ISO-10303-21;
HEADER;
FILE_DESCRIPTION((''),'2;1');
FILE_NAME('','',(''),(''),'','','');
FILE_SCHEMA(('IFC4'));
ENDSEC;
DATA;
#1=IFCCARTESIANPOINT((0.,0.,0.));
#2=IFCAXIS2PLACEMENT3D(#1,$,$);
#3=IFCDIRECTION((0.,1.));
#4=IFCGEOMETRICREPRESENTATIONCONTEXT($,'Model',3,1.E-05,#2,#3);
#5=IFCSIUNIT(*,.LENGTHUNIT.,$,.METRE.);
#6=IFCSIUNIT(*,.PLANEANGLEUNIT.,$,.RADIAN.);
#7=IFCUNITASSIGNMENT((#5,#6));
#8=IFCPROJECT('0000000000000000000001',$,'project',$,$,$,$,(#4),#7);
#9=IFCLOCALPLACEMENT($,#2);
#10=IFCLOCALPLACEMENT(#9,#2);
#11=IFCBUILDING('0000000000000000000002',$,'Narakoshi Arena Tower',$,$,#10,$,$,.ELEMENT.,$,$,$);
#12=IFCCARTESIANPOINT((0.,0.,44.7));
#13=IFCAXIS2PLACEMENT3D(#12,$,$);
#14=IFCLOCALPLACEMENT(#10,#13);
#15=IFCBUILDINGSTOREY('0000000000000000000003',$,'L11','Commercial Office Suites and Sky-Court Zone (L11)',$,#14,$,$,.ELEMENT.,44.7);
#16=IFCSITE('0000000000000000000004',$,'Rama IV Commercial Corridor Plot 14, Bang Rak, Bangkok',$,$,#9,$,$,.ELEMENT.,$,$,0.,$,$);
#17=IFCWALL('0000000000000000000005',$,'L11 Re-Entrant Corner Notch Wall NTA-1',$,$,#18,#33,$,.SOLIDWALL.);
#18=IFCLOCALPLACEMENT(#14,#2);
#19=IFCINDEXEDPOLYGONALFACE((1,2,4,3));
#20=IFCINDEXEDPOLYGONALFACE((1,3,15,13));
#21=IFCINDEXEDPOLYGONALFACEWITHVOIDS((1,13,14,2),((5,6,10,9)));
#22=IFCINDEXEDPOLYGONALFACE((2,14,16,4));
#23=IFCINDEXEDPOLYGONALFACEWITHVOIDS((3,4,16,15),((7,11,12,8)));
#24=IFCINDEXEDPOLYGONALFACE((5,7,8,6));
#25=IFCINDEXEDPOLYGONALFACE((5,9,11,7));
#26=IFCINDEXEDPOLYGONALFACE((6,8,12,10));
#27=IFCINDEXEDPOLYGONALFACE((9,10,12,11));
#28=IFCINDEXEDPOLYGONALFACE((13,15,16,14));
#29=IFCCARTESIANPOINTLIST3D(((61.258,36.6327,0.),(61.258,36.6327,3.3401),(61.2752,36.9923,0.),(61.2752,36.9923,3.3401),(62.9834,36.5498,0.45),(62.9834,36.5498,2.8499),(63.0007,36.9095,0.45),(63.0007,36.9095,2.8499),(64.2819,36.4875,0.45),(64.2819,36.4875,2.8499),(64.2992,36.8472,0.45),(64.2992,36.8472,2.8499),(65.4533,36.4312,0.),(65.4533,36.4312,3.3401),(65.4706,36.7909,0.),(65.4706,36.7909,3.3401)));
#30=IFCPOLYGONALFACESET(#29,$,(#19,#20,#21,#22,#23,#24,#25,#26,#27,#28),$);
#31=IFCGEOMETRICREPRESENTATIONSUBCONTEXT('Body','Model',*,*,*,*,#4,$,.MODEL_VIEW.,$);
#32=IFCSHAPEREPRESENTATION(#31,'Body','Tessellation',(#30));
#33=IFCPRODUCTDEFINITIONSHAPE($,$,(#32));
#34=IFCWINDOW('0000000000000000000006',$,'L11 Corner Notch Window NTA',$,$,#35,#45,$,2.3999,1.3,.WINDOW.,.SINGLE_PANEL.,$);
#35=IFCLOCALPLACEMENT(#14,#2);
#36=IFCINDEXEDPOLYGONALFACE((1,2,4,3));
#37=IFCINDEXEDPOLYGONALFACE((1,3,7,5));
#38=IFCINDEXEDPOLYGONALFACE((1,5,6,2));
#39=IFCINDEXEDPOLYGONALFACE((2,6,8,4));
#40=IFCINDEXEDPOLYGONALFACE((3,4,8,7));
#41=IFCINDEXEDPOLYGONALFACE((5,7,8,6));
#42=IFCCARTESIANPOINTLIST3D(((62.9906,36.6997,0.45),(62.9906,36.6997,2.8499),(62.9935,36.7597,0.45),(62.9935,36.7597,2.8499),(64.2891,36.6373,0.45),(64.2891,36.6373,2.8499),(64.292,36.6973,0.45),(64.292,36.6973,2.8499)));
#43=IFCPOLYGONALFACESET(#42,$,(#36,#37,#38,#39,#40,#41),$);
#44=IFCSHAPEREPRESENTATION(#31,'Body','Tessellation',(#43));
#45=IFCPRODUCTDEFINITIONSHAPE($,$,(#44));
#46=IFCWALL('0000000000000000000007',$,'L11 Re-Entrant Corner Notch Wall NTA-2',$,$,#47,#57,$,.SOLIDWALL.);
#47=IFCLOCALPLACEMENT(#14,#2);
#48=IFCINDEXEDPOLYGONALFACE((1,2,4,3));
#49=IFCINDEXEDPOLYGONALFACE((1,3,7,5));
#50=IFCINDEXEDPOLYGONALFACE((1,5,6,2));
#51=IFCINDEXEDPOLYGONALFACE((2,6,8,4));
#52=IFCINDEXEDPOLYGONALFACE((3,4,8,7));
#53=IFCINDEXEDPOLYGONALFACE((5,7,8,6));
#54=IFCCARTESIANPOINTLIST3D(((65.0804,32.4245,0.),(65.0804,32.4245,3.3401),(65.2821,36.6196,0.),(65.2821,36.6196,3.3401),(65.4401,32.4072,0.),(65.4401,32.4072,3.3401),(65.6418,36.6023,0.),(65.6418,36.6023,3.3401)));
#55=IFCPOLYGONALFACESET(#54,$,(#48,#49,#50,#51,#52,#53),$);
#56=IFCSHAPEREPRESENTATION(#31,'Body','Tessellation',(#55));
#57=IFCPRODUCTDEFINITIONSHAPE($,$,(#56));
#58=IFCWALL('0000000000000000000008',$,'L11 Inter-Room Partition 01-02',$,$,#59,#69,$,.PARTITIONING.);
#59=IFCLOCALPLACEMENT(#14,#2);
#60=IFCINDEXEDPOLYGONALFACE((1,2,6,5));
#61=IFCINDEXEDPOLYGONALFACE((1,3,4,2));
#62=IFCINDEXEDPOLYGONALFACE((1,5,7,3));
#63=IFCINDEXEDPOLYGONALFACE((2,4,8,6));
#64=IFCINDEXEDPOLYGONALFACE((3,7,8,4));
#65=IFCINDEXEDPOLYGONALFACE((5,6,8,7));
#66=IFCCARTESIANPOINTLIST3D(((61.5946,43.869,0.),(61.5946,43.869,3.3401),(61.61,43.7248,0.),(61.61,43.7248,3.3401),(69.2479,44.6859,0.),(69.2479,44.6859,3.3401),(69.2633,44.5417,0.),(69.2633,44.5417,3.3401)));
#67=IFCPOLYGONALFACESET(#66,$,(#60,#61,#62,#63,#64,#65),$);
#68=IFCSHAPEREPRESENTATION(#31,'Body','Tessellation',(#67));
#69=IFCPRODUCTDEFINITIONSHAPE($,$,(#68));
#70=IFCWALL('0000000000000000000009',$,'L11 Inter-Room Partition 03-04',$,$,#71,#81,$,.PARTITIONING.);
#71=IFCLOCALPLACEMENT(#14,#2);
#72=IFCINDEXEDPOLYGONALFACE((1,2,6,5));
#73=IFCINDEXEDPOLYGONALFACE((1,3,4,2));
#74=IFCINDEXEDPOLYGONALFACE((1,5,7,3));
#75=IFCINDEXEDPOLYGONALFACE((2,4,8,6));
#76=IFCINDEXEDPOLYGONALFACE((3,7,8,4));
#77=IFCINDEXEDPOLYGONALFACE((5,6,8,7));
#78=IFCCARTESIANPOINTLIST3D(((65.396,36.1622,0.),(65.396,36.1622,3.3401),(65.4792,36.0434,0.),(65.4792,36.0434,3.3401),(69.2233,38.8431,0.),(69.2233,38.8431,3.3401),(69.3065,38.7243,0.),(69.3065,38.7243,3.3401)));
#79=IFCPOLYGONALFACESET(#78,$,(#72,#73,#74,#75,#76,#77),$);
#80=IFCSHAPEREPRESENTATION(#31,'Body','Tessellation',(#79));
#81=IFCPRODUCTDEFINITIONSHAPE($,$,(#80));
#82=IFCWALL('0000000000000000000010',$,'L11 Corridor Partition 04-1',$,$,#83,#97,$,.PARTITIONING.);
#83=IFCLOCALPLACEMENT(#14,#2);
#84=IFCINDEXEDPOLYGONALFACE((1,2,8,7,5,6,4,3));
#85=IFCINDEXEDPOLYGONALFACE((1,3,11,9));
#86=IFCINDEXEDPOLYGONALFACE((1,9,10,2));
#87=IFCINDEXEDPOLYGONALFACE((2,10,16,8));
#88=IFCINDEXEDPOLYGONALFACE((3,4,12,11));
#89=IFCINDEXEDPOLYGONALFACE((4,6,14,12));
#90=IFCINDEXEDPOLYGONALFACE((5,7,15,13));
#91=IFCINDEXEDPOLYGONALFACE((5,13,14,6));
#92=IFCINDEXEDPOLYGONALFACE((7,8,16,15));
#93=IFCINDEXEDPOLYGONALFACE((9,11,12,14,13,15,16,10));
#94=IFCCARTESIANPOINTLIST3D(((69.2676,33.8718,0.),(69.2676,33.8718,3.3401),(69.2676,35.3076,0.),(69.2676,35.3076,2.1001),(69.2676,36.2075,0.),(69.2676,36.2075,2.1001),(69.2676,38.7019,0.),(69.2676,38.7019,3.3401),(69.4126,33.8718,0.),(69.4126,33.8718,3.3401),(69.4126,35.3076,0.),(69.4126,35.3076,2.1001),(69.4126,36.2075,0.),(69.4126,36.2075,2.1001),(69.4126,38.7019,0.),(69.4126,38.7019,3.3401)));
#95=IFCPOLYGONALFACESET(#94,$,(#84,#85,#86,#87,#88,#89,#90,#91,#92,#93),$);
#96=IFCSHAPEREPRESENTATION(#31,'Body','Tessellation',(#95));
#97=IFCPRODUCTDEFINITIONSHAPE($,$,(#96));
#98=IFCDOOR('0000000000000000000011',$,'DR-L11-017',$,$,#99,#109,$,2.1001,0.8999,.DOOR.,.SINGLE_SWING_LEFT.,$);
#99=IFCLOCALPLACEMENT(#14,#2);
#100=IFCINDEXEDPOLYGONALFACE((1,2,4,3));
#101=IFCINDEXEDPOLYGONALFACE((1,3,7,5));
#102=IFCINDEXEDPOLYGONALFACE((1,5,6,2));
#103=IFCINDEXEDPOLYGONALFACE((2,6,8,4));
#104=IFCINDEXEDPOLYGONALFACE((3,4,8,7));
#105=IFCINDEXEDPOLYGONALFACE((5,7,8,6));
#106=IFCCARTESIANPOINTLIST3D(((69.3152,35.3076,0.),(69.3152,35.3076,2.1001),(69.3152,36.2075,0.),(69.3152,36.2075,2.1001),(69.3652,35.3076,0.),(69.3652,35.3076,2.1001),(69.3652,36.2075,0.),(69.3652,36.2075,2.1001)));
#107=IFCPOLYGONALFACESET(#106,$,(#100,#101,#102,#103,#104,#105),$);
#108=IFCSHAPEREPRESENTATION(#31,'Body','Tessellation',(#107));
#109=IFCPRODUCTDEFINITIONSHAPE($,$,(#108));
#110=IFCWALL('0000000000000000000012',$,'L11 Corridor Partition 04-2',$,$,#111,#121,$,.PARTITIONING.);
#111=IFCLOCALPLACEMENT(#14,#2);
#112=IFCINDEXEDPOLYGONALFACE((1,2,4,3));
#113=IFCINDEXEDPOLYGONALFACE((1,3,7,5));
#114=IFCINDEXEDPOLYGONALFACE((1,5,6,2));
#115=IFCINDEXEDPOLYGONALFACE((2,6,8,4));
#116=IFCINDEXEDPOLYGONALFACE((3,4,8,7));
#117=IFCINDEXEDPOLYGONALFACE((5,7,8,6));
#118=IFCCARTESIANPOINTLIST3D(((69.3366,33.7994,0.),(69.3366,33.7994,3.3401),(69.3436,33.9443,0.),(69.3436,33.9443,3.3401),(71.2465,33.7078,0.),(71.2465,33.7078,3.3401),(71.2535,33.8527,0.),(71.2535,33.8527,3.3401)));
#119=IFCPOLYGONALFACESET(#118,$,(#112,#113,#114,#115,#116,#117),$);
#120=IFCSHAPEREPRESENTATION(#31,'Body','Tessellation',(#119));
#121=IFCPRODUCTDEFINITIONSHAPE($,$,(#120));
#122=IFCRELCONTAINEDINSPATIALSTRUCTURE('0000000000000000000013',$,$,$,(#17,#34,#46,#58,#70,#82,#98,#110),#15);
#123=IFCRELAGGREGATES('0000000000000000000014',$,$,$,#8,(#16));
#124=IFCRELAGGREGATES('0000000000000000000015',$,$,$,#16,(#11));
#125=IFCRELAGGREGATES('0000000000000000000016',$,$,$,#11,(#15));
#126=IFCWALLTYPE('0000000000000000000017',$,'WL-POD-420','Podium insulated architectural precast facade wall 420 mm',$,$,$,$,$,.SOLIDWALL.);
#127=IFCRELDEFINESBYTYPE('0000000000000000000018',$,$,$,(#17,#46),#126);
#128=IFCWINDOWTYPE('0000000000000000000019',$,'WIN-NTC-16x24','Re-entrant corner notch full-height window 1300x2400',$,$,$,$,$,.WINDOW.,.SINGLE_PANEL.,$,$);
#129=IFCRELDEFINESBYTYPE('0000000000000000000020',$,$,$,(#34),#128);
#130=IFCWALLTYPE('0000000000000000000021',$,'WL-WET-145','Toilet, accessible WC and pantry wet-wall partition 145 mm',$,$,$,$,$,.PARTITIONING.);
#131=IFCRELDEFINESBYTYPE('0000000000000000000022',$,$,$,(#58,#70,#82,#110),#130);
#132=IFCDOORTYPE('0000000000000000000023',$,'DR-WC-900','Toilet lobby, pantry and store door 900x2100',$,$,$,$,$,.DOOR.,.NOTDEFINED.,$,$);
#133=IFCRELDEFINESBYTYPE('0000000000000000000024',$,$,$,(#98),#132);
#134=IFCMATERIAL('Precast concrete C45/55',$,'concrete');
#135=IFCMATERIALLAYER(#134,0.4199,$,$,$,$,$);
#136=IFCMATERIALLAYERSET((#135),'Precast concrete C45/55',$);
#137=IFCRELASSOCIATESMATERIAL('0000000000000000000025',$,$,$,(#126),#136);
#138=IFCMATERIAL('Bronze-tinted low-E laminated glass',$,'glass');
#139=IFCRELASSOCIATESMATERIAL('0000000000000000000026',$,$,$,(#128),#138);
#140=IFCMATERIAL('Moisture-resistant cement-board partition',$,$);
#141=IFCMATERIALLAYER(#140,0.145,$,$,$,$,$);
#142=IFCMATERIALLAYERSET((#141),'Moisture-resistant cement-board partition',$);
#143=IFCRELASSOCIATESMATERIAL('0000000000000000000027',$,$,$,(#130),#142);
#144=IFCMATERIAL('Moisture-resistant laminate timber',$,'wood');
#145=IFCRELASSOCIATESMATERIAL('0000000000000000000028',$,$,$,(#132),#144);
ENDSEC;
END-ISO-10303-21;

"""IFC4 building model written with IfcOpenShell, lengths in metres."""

from ifc_helpers import new_model, si_unit, direction, frame, frame_2d, origin, place, context, subcontext, project, spatial, rectangle, extrude, material, layer, layer_set, type_object, element, fill, save


model = new_model("IFC4")

# Units and contexts
model_context = context("Model", 3, precision=1e-05, world=origin(), true_north=direction((0.0, 1.0)))
body_context = subcontext(model_context, "Body", "Model", "MODEL_VIEW")
ifc_project = project(units=[si_unit("LENGTHUNIT", "METRE"), si_unit("PLANEANGLEUNIT", "RADIAN")], contexts=[model_context])

# Site, building, storey
site_placement = place(None, origin())
site = spatial("IfcSite", under=ifc_project, at=site_placement, Name="Rama IV Commercial Corridor Plot 14, Bang Rak, Bangkok", CompositionType="ELEMENT", RefElevation=0.0)
building_placement = place(site_placement, origin())
building = spatial("IfcBuilding", under=site, at=building_placement, Name="Narakoshi Arena Tower", CompositionType="ELEMENT")
storey_placement = place(building_placement, frame((0.0, 0.0, 44.7)))
storey = spatial("IfcBuildingStorey", under=building, at=storey_placement, Name="L11", Description="Commercial Office Suites and Sky-Court Zone (L11)", CompositionType="ELEMENT", Elevation=44.7)

# Wall, opening, window
ifc_material_1 = material(Name="Precast concrete C45/55", Category="concrete")
ifc_layer_1 = layer(ifc_material_1, 0.4199)
ifc_layer_set_1 = layer_set([ifc_layer_1], Name="Precast concrete C45/55")
wall_type_1 = type_object("IfcWallType", Name="WL-POD-420", Description="Podium insulated architectural precast facade wall 420 mm", PredefinedType="SOLIDWALL", material=ifc_layer_set_1)
ifc_material_2 = material(Name="Bronze-tinted low-E laminated glass", Category="glass")
wall_1_placement = place(storey_placement, frame((61.2666, 36.8125, 0.0), z_axis=(0.0, 0.0, 1.0), x_axis=(0.99885, -0.047955, 0.0)))
wall_1 = element("IfcWall", 1, at=wall_1_placement, inside=storey, type_object=wall_type_1, Name="L11 Re-Entrant Corner Notch Wall NTA-1", PredefinedType="SOLIDWALL", context=body_context, shape_type="SweptSolid", body=[
    extrude(rectangle(XDim=4.2002, YDim=0.3601, at=frame_2d((2.1001, 0.0))), origin(), (0.0, 0.0, 1.0), 3.3401),
])
opening_1_placement = place(wall_1_placement, frame((1.7275, 0.0, 0.45)))
opening_1 = element("IfcOpeningElement", 2, at=opening_1_placement, cuts=wall_1, PredefinedType="OPENING", context=body_context, shape_type="SweptSolid", body=[
    extrude(rectangle(XDim=1.3, YDim=2.3999, at=frame_2d((0.6499, 1.2))), frame((0.0, 0.1899, 0.0), z_axis=(0.0, -1.0, 0.0), x_axis=(1.0, 0.0, 0.0)), (0.0, 0.0, 1.0), 0.3801),
])
window_type_1 = type_object("IfcWindowType", Name="WIN-NTC-16x24", Description="Re-entrant corner notch full-height window 1300x2400", PartitioningType="SINGLE_PANEL", PredefinedType="WINDOW", material=ifc_material_2)
window_1_placement = place(opening_1_placement, origin())
window_1 = element("IfcWindow", 3, at=window_1_placement, inside=storey, type_object=window_type_1, Name="L11 Corner Notch Window NTA", OverallHeight=2.3999, OverallWidth=1.3, PartitioningType="SINGLE_PANEL", PredefinedType="WINDOW", context=body_context, shape_type="SweptSolid", body=[
    extrude(rectangle(XDim=1.3, YDim=2.3999, at=frame_2d((0.6499, 1.2))), frame((0.0, 0.03, 0.0), z_axis=(0.0, -1.0, 0.0), x_axis=(1.0, 0.0, 0.0)), (0.0, 0.0, 1.0), 0.0601),
])
fill(opening_1, window_1)

# Walls
wall_2_placement = place(storey_placement, frame((65.4619, 36.6111, 0.0), z_axis=(0.0, 0.0, 1.0), x_axis=(-0.048015, -0.998847, 0.0)))
element("IfcWall", 4, at=wall_2_placement, inside=storey, type_object=wall_type_1, Name="L11 Re-Entrant Corner Notch Wall NTA-2", PredefinedType="SOLIDWALL", context=body_context, shape_type="SweptSolid", body=[
    extrude(rectangle(XDim=4.2, YDim=0.3601, at=frame_2d((2.1001, 0.0))), origin(), (0.0, 0.0, 1.0), 3.3401),
])
ifc_material_3 = material(Name="Moisture-resistant cement-board partition")
ifc_layer_2 = layer(ifc_material_3, 0.145)
ifc_layer_set_2 = layer_set([ifc_layer_2], Name="Moisture-resistant cement-board partition")
wall_type_2 = type_object("IfcWallType", Name="WL-WET-145", Description="Toilet, accessible WC and pantry wet-wall partition 145 mm", PredefinedType="PARTITIONING", material=ifc_layer_set_2)
wall_3_placement = place(storey_placement, frame((69.2556, 44.6138, 0.0), z_axis=(0.0, 0.0, 1.0), x_axis=(-0.994352, -0.106134, 0.0)))
element("IfcWall", 5, at=wall_3_placement, inside=storey, type_object=wall_type_2, Name="L11 Inter-Room Partition 01-02", PredefinedType="PARTITIONING", context=body_context, shape_type="SweptSolid", body=[
    extrude(rectangle(XDim=7.6968, YDim=0.145, at=frame_2d((3.8484, 0.0))), origin(), (0.0, 0.0, 1.0), 3.3401),
])
wall_4_placement = place(storey_placement, frame((69.2649, 38.7837, 0.0), z_axis=(0.0, 0.0, 1.0), x_axis=(-0.819058, -0.573711, 0.0)))
element("IfcWall", 6, at=wall_4_placement, inside=storey, type_object=wall_type_2, Name="L11 Inter-Room Partition 03-04", PredefinedType="PARTITIONING", context=body_context, shape_type="SweptSolid", body=[
    extrude(rectangle(XDim=4.6729, YDim=0.145, at=frame_2d((2.3364, 0.0))), origin(), (0.0, 0.0, 1.0), 3.3401),
])

# Wall, opening, door
wall_5_placement = place(storey_placement, frame((69.3401, 38.7019, 0.0), z_axis=(0.0, 0.0, 1.0), x_axis=(0.0, -1.0, 0.0)))
wall_5 = element("IfcWall", 7, at=wall_5_placement, inside=storey, type_object=wall_type_2, Name="L11 Corridor Partition 04-1", PredefinedType="PARTITIONING", context=body_context, shape_type="SweptSolid", body=[
    extrude(rectangle(XDim=4.8301, YDim=0.145, at=frame_2d((2.415, 0.0))), origin(), (0.0, 0.0, 1.0), 3.3401),
])
opening_2_placement = place(wall_5_placement, frame((2.4944, 0.0, 0.0)))
opening_2 = element("IfcOpeningElement", 8, at=opening_2_placement, cuts=wall_5, PredefinedType="OPENING", context=body_context, shape_type="SweptSolid", body=[
    extrude(rectangle(XDim=0.8999, YDim=2.1001, at=frame_2d((0.45, 1.05))), frame((0.0, 0.0825, 0.0), z_axis=(0.0, -1.0, 0.0), x_axis=(1.0, 0.0, 0.0)), (0.0, 0.0, 1.0), 0.165),
])
ifc_material_4 = material(Name="Moisture-resistant laminate timber", Category="wood")
door_type = type_object("IfcDoorType", Name="DR-WC-900", Description="Toilet lobby, pantry and store door 900x2100", OperationType="NOTDEFINED", PredefinedType="DOOR", material=ifc_material_4)
door_placement = place(opening_2_placement, frame((0.8999, 0.0, 0.0), z_axis=(0.0, 0.0, 1.0), x_axis=(-1.0, 0.0, 0.0)))
door = element("IfcDoor", 9, at=door_placement, inside=storey, type_object=door_type, Name="DR-L11-017", OperationType="SINGLE_SWING_LEFT", OverallHeight=2.1001, OverallWidth=0.8999, PredefinedType="DOOR", context=body_context, shape_type="SweptSolid", body=[
    extrude(rectangle(XDim=0.8999, YDim=2.1001, at=frame_2d((0.45, 1.05))), frame((0.0, 0.0249, 0.0), z_axis=(0.0, -1.0, 0.0), x_axis=(1.0, 0.0, 0.0)), (0.0, 0.0, 1.0), 0.05),
])
fill(opening_2, door)

# Wall
wall_6_placement = place(storey_placement, frame((69.3401, 33.8718, 0.0), z_axis=(0.0, 0.0, 1.0), x_axis=(0.998853, -0.047881, 0.0)))
element("IfcWall", 10, at=wall_6_placement, inside=storey, type_object=wall_type_2, Name="L11 Corridor Partition 04-2", PredefinedType="PARTITIONING", context=body_context, shape_type="SweptSolid", body=[
    extrude(rectangle(XDim=1.9121, YDim=0.145, at=frame_2d((0.9561, 0.0))), origin(), (0.0, 0.0, 1.0), 3.3401),
])

save(model, "model.ifc")
